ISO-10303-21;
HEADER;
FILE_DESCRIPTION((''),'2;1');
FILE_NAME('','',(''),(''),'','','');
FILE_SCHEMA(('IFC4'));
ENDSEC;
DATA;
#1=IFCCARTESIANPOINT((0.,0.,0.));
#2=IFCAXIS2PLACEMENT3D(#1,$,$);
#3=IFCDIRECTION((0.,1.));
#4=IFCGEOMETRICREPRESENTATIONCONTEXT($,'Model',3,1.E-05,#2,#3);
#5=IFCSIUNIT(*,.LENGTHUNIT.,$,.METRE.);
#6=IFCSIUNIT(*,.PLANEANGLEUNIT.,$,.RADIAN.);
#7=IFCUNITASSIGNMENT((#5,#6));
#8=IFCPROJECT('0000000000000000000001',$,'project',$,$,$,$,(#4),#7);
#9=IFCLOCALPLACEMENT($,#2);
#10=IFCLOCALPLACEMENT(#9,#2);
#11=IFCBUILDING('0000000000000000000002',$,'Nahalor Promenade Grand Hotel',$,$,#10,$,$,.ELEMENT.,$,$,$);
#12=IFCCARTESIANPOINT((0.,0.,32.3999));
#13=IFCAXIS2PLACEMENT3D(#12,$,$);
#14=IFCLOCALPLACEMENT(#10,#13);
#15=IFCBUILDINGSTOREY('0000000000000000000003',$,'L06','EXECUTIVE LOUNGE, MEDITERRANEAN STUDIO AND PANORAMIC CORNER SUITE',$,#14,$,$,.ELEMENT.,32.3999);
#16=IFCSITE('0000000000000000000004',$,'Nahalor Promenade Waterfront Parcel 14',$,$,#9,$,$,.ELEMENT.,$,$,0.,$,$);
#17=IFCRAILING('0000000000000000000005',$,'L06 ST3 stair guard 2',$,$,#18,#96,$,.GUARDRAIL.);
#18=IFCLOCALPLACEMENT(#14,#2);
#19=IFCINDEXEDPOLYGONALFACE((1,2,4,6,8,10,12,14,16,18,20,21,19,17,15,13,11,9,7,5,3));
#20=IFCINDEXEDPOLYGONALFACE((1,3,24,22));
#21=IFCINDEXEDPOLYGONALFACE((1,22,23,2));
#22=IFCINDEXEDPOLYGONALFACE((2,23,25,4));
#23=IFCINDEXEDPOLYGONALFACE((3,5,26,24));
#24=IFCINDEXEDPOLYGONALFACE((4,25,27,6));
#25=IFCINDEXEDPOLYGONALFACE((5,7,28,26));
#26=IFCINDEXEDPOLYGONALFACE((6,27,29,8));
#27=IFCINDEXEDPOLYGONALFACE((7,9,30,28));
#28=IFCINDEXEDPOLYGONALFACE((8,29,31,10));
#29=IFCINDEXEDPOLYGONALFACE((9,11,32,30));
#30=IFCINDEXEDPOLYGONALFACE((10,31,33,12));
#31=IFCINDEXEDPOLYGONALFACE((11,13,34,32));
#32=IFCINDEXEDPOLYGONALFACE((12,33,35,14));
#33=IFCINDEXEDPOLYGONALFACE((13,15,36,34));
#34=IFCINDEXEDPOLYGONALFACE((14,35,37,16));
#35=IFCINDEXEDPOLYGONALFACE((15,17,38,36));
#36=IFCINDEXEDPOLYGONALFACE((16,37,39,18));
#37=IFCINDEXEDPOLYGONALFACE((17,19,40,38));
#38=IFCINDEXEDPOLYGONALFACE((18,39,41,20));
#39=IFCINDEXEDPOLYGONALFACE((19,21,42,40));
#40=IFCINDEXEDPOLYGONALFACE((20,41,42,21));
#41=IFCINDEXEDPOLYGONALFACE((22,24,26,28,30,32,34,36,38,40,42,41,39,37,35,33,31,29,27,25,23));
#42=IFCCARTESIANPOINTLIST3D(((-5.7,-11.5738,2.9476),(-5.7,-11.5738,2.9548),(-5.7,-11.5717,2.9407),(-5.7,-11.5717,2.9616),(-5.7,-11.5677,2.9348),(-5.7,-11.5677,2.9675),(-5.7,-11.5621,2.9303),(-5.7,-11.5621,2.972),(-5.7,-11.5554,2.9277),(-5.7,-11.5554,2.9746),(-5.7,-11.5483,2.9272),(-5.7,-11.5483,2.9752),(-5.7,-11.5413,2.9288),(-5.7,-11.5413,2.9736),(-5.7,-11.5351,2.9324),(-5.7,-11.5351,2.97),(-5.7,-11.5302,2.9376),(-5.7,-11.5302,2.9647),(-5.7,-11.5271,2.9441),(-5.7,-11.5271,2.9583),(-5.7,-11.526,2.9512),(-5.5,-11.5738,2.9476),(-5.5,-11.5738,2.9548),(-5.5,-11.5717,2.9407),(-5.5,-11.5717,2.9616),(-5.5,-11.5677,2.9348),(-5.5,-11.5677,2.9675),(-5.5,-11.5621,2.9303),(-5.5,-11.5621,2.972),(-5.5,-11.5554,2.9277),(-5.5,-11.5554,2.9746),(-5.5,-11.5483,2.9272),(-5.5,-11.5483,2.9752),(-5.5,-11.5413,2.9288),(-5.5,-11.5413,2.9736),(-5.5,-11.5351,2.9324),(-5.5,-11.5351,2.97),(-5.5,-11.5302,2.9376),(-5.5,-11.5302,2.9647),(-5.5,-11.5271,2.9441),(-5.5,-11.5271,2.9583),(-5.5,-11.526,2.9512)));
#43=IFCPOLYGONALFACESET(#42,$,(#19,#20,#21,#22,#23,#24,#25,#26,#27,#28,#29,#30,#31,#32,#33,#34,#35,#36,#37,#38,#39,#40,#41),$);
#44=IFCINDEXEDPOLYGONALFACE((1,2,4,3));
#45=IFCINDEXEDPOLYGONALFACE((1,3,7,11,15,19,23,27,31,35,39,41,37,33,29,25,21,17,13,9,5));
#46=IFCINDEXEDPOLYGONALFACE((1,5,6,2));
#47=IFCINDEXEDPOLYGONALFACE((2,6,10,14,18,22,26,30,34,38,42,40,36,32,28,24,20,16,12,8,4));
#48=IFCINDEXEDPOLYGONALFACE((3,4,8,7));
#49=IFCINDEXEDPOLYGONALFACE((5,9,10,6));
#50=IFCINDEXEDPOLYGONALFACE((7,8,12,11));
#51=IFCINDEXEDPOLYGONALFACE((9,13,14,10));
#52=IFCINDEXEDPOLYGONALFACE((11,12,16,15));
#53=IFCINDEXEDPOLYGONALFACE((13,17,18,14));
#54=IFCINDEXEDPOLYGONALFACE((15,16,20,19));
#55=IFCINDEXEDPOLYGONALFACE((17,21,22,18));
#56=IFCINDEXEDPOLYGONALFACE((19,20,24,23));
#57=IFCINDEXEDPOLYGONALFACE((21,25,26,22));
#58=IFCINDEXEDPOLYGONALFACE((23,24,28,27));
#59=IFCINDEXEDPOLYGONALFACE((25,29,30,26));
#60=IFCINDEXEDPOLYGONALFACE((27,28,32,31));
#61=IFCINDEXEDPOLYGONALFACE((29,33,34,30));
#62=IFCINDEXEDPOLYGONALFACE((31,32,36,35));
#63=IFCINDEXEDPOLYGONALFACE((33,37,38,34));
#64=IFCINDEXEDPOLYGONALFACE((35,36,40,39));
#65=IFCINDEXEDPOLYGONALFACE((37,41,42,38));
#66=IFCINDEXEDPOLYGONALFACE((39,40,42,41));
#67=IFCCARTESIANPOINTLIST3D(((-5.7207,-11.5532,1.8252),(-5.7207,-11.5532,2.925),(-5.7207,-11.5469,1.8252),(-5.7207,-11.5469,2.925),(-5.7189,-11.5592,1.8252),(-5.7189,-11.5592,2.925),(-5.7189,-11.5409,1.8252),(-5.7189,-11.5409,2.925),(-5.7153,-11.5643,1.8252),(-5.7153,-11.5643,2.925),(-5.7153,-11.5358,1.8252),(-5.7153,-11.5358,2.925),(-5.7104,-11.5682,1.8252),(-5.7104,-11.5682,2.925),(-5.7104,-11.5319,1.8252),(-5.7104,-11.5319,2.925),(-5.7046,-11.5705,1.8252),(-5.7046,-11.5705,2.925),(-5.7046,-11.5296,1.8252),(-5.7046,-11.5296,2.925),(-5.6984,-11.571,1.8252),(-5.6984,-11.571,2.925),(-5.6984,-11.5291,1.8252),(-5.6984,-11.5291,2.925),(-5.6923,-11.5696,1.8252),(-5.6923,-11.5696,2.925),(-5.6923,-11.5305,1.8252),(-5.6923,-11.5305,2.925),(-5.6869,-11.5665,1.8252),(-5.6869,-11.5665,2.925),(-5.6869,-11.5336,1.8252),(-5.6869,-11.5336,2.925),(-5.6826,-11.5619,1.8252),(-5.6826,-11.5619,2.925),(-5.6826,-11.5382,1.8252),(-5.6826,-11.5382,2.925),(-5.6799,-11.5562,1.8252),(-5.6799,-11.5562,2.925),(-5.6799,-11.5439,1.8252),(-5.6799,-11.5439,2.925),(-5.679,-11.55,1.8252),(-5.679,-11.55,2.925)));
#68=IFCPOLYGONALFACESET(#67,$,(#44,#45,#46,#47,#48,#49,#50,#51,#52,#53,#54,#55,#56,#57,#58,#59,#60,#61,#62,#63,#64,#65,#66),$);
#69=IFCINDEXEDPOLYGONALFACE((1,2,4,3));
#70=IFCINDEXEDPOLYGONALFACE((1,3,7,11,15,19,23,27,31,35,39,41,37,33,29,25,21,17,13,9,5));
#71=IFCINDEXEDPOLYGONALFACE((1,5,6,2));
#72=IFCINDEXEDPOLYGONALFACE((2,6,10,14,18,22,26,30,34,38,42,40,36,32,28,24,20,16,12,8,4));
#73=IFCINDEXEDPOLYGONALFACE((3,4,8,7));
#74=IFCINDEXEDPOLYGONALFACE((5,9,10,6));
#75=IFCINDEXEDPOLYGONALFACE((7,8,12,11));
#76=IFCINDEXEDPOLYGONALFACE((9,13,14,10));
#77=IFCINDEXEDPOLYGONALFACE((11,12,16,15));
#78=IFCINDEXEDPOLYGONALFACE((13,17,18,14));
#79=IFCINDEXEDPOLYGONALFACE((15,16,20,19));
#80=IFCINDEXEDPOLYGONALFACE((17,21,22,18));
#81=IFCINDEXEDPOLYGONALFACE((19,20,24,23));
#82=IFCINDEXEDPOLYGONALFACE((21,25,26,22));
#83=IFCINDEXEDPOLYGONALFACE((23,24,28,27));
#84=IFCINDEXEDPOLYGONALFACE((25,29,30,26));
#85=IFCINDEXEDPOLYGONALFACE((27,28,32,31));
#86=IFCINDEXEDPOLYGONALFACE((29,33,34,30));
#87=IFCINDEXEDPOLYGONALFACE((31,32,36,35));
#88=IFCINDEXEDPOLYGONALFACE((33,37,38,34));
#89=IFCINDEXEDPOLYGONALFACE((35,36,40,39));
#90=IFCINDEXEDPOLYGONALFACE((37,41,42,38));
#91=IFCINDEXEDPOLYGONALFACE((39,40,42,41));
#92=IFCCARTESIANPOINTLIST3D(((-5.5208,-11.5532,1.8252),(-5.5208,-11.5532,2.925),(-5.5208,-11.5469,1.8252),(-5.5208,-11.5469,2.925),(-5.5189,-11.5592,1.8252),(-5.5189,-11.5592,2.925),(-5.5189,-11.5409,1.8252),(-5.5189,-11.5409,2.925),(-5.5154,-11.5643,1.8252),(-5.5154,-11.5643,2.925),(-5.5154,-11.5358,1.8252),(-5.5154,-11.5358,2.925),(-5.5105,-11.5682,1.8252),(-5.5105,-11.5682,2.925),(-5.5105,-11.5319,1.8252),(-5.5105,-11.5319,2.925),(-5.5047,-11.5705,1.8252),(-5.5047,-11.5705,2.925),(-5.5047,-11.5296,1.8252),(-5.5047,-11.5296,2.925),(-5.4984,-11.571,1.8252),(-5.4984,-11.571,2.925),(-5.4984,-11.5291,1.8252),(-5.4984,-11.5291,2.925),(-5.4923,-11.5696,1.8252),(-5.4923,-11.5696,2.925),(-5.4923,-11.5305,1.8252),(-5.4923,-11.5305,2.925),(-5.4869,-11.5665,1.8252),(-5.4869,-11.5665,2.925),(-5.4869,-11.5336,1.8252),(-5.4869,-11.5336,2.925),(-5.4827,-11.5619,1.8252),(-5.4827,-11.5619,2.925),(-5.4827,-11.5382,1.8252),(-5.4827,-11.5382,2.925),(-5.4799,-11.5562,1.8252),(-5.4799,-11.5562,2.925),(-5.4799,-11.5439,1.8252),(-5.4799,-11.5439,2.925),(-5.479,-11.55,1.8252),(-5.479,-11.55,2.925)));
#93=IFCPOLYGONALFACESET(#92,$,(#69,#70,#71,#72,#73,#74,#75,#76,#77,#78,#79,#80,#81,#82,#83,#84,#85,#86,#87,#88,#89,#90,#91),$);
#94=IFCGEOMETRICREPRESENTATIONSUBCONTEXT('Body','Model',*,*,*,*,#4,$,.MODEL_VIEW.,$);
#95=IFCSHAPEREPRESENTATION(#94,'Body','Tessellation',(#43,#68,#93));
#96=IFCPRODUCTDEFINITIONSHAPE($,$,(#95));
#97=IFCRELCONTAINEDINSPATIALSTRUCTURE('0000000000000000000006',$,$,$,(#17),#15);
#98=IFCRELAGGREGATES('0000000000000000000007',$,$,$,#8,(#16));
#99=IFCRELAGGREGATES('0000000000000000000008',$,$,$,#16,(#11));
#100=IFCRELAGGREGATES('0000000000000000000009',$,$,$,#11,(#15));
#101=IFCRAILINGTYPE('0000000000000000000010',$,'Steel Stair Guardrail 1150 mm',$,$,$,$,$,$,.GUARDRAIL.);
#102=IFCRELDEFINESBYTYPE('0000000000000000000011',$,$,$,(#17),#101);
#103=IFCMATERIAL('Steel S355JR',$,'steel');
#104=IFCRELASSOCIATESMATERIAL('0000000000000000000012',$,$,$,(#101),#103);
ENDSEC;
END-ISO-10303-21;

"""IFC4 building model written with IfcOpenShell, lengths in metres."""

from ifc_helpers import new_model, si_unit, direction, frame, origin, origin_2d, place, context, subcontext, project, spatial, circle, extrude, material, type_object, element, save


model = new_model("IFC4")

# Units and contexts
model_context = context("Model", 3, precision=1e-05, world=origin(), true_north=direction((0.0, 1.0)))
body_context = subcontext(model_context, "Body", "Model", "MODEL_VIEW")
ifc_project = project(units=[si_unit("LENGTHUNIT", "METRE"), si_unit("PLANEANGLEUNIT", "RADIAN")], contexts=[model_context])

# Site, building, storey
site_placement = place(None, origin())
site = spatial("IfcSite", under=ifc_project, at=site_placement, Name="Nahalor Promenade Waterfront Parcel 14", CompositionType="ELEMENT", RefElevation=0.0)
building_placement = place(site_placement, origin())
building = spatial("IfcBuilding", under=site, at=building_placement, Name="Nahalor Promenade Grand Hotel", CompositionType="ELEMENT")
storey_placement = place(building_placement, frame((0.0, 0.0, 32.3999)))
storey = spatial("IfcBuildingStorey", under=building, at=storey_placement, Name="L06", Description="EXECUTIVE LOUNGE, MEDITERRANEAN STUDIO AND PANORAMIC CORNER SUITE", CompositionType="ELEMENT", Elevation=32.3999)

# Shared definitions
ifc_material_1 = material(Name="Steel S355JR", Category="steel")

# Railing
railing_type_1 = type_object("IfcRailingType", Name="Steel Stair Guardrail 1150 mm", PredefinedType="GUARDRAIL", material=ifc_material_1)
railing_1_placement = place(storey_placement, frame((-5.7, -11.55, 1.8252)))
element("IfcRailing", 1, at=railing_1_placement, inside=storey, type_object=railing_type_1, Name="L06 ST3 stair guard 2", PredefinedType="GUARDRAIL", context=body_context, shape_type="SweptSolid", body=[
    extrude(circle(Radius=0.024, at=origin_2d()), frame((0.0, 0.0, 1.126), z_axis=(1.0, 0.0, 0.0), x_axis=(0.0, 1.0, 0.0)), (0.0, 0.0, 1.0), 0.2),
    extrude(circle(Radius=0.021, at=origin_2d()), origin(), (0.0, 0.0, 1.0), 1.0999),
    extrude(circle(Radius=0.021, at=origin_2d()), frame((0.2, 0.0, 0.0)), (0.0, 0.0, 1.0), 1.0999),
])

save(model, "model.ifc")
